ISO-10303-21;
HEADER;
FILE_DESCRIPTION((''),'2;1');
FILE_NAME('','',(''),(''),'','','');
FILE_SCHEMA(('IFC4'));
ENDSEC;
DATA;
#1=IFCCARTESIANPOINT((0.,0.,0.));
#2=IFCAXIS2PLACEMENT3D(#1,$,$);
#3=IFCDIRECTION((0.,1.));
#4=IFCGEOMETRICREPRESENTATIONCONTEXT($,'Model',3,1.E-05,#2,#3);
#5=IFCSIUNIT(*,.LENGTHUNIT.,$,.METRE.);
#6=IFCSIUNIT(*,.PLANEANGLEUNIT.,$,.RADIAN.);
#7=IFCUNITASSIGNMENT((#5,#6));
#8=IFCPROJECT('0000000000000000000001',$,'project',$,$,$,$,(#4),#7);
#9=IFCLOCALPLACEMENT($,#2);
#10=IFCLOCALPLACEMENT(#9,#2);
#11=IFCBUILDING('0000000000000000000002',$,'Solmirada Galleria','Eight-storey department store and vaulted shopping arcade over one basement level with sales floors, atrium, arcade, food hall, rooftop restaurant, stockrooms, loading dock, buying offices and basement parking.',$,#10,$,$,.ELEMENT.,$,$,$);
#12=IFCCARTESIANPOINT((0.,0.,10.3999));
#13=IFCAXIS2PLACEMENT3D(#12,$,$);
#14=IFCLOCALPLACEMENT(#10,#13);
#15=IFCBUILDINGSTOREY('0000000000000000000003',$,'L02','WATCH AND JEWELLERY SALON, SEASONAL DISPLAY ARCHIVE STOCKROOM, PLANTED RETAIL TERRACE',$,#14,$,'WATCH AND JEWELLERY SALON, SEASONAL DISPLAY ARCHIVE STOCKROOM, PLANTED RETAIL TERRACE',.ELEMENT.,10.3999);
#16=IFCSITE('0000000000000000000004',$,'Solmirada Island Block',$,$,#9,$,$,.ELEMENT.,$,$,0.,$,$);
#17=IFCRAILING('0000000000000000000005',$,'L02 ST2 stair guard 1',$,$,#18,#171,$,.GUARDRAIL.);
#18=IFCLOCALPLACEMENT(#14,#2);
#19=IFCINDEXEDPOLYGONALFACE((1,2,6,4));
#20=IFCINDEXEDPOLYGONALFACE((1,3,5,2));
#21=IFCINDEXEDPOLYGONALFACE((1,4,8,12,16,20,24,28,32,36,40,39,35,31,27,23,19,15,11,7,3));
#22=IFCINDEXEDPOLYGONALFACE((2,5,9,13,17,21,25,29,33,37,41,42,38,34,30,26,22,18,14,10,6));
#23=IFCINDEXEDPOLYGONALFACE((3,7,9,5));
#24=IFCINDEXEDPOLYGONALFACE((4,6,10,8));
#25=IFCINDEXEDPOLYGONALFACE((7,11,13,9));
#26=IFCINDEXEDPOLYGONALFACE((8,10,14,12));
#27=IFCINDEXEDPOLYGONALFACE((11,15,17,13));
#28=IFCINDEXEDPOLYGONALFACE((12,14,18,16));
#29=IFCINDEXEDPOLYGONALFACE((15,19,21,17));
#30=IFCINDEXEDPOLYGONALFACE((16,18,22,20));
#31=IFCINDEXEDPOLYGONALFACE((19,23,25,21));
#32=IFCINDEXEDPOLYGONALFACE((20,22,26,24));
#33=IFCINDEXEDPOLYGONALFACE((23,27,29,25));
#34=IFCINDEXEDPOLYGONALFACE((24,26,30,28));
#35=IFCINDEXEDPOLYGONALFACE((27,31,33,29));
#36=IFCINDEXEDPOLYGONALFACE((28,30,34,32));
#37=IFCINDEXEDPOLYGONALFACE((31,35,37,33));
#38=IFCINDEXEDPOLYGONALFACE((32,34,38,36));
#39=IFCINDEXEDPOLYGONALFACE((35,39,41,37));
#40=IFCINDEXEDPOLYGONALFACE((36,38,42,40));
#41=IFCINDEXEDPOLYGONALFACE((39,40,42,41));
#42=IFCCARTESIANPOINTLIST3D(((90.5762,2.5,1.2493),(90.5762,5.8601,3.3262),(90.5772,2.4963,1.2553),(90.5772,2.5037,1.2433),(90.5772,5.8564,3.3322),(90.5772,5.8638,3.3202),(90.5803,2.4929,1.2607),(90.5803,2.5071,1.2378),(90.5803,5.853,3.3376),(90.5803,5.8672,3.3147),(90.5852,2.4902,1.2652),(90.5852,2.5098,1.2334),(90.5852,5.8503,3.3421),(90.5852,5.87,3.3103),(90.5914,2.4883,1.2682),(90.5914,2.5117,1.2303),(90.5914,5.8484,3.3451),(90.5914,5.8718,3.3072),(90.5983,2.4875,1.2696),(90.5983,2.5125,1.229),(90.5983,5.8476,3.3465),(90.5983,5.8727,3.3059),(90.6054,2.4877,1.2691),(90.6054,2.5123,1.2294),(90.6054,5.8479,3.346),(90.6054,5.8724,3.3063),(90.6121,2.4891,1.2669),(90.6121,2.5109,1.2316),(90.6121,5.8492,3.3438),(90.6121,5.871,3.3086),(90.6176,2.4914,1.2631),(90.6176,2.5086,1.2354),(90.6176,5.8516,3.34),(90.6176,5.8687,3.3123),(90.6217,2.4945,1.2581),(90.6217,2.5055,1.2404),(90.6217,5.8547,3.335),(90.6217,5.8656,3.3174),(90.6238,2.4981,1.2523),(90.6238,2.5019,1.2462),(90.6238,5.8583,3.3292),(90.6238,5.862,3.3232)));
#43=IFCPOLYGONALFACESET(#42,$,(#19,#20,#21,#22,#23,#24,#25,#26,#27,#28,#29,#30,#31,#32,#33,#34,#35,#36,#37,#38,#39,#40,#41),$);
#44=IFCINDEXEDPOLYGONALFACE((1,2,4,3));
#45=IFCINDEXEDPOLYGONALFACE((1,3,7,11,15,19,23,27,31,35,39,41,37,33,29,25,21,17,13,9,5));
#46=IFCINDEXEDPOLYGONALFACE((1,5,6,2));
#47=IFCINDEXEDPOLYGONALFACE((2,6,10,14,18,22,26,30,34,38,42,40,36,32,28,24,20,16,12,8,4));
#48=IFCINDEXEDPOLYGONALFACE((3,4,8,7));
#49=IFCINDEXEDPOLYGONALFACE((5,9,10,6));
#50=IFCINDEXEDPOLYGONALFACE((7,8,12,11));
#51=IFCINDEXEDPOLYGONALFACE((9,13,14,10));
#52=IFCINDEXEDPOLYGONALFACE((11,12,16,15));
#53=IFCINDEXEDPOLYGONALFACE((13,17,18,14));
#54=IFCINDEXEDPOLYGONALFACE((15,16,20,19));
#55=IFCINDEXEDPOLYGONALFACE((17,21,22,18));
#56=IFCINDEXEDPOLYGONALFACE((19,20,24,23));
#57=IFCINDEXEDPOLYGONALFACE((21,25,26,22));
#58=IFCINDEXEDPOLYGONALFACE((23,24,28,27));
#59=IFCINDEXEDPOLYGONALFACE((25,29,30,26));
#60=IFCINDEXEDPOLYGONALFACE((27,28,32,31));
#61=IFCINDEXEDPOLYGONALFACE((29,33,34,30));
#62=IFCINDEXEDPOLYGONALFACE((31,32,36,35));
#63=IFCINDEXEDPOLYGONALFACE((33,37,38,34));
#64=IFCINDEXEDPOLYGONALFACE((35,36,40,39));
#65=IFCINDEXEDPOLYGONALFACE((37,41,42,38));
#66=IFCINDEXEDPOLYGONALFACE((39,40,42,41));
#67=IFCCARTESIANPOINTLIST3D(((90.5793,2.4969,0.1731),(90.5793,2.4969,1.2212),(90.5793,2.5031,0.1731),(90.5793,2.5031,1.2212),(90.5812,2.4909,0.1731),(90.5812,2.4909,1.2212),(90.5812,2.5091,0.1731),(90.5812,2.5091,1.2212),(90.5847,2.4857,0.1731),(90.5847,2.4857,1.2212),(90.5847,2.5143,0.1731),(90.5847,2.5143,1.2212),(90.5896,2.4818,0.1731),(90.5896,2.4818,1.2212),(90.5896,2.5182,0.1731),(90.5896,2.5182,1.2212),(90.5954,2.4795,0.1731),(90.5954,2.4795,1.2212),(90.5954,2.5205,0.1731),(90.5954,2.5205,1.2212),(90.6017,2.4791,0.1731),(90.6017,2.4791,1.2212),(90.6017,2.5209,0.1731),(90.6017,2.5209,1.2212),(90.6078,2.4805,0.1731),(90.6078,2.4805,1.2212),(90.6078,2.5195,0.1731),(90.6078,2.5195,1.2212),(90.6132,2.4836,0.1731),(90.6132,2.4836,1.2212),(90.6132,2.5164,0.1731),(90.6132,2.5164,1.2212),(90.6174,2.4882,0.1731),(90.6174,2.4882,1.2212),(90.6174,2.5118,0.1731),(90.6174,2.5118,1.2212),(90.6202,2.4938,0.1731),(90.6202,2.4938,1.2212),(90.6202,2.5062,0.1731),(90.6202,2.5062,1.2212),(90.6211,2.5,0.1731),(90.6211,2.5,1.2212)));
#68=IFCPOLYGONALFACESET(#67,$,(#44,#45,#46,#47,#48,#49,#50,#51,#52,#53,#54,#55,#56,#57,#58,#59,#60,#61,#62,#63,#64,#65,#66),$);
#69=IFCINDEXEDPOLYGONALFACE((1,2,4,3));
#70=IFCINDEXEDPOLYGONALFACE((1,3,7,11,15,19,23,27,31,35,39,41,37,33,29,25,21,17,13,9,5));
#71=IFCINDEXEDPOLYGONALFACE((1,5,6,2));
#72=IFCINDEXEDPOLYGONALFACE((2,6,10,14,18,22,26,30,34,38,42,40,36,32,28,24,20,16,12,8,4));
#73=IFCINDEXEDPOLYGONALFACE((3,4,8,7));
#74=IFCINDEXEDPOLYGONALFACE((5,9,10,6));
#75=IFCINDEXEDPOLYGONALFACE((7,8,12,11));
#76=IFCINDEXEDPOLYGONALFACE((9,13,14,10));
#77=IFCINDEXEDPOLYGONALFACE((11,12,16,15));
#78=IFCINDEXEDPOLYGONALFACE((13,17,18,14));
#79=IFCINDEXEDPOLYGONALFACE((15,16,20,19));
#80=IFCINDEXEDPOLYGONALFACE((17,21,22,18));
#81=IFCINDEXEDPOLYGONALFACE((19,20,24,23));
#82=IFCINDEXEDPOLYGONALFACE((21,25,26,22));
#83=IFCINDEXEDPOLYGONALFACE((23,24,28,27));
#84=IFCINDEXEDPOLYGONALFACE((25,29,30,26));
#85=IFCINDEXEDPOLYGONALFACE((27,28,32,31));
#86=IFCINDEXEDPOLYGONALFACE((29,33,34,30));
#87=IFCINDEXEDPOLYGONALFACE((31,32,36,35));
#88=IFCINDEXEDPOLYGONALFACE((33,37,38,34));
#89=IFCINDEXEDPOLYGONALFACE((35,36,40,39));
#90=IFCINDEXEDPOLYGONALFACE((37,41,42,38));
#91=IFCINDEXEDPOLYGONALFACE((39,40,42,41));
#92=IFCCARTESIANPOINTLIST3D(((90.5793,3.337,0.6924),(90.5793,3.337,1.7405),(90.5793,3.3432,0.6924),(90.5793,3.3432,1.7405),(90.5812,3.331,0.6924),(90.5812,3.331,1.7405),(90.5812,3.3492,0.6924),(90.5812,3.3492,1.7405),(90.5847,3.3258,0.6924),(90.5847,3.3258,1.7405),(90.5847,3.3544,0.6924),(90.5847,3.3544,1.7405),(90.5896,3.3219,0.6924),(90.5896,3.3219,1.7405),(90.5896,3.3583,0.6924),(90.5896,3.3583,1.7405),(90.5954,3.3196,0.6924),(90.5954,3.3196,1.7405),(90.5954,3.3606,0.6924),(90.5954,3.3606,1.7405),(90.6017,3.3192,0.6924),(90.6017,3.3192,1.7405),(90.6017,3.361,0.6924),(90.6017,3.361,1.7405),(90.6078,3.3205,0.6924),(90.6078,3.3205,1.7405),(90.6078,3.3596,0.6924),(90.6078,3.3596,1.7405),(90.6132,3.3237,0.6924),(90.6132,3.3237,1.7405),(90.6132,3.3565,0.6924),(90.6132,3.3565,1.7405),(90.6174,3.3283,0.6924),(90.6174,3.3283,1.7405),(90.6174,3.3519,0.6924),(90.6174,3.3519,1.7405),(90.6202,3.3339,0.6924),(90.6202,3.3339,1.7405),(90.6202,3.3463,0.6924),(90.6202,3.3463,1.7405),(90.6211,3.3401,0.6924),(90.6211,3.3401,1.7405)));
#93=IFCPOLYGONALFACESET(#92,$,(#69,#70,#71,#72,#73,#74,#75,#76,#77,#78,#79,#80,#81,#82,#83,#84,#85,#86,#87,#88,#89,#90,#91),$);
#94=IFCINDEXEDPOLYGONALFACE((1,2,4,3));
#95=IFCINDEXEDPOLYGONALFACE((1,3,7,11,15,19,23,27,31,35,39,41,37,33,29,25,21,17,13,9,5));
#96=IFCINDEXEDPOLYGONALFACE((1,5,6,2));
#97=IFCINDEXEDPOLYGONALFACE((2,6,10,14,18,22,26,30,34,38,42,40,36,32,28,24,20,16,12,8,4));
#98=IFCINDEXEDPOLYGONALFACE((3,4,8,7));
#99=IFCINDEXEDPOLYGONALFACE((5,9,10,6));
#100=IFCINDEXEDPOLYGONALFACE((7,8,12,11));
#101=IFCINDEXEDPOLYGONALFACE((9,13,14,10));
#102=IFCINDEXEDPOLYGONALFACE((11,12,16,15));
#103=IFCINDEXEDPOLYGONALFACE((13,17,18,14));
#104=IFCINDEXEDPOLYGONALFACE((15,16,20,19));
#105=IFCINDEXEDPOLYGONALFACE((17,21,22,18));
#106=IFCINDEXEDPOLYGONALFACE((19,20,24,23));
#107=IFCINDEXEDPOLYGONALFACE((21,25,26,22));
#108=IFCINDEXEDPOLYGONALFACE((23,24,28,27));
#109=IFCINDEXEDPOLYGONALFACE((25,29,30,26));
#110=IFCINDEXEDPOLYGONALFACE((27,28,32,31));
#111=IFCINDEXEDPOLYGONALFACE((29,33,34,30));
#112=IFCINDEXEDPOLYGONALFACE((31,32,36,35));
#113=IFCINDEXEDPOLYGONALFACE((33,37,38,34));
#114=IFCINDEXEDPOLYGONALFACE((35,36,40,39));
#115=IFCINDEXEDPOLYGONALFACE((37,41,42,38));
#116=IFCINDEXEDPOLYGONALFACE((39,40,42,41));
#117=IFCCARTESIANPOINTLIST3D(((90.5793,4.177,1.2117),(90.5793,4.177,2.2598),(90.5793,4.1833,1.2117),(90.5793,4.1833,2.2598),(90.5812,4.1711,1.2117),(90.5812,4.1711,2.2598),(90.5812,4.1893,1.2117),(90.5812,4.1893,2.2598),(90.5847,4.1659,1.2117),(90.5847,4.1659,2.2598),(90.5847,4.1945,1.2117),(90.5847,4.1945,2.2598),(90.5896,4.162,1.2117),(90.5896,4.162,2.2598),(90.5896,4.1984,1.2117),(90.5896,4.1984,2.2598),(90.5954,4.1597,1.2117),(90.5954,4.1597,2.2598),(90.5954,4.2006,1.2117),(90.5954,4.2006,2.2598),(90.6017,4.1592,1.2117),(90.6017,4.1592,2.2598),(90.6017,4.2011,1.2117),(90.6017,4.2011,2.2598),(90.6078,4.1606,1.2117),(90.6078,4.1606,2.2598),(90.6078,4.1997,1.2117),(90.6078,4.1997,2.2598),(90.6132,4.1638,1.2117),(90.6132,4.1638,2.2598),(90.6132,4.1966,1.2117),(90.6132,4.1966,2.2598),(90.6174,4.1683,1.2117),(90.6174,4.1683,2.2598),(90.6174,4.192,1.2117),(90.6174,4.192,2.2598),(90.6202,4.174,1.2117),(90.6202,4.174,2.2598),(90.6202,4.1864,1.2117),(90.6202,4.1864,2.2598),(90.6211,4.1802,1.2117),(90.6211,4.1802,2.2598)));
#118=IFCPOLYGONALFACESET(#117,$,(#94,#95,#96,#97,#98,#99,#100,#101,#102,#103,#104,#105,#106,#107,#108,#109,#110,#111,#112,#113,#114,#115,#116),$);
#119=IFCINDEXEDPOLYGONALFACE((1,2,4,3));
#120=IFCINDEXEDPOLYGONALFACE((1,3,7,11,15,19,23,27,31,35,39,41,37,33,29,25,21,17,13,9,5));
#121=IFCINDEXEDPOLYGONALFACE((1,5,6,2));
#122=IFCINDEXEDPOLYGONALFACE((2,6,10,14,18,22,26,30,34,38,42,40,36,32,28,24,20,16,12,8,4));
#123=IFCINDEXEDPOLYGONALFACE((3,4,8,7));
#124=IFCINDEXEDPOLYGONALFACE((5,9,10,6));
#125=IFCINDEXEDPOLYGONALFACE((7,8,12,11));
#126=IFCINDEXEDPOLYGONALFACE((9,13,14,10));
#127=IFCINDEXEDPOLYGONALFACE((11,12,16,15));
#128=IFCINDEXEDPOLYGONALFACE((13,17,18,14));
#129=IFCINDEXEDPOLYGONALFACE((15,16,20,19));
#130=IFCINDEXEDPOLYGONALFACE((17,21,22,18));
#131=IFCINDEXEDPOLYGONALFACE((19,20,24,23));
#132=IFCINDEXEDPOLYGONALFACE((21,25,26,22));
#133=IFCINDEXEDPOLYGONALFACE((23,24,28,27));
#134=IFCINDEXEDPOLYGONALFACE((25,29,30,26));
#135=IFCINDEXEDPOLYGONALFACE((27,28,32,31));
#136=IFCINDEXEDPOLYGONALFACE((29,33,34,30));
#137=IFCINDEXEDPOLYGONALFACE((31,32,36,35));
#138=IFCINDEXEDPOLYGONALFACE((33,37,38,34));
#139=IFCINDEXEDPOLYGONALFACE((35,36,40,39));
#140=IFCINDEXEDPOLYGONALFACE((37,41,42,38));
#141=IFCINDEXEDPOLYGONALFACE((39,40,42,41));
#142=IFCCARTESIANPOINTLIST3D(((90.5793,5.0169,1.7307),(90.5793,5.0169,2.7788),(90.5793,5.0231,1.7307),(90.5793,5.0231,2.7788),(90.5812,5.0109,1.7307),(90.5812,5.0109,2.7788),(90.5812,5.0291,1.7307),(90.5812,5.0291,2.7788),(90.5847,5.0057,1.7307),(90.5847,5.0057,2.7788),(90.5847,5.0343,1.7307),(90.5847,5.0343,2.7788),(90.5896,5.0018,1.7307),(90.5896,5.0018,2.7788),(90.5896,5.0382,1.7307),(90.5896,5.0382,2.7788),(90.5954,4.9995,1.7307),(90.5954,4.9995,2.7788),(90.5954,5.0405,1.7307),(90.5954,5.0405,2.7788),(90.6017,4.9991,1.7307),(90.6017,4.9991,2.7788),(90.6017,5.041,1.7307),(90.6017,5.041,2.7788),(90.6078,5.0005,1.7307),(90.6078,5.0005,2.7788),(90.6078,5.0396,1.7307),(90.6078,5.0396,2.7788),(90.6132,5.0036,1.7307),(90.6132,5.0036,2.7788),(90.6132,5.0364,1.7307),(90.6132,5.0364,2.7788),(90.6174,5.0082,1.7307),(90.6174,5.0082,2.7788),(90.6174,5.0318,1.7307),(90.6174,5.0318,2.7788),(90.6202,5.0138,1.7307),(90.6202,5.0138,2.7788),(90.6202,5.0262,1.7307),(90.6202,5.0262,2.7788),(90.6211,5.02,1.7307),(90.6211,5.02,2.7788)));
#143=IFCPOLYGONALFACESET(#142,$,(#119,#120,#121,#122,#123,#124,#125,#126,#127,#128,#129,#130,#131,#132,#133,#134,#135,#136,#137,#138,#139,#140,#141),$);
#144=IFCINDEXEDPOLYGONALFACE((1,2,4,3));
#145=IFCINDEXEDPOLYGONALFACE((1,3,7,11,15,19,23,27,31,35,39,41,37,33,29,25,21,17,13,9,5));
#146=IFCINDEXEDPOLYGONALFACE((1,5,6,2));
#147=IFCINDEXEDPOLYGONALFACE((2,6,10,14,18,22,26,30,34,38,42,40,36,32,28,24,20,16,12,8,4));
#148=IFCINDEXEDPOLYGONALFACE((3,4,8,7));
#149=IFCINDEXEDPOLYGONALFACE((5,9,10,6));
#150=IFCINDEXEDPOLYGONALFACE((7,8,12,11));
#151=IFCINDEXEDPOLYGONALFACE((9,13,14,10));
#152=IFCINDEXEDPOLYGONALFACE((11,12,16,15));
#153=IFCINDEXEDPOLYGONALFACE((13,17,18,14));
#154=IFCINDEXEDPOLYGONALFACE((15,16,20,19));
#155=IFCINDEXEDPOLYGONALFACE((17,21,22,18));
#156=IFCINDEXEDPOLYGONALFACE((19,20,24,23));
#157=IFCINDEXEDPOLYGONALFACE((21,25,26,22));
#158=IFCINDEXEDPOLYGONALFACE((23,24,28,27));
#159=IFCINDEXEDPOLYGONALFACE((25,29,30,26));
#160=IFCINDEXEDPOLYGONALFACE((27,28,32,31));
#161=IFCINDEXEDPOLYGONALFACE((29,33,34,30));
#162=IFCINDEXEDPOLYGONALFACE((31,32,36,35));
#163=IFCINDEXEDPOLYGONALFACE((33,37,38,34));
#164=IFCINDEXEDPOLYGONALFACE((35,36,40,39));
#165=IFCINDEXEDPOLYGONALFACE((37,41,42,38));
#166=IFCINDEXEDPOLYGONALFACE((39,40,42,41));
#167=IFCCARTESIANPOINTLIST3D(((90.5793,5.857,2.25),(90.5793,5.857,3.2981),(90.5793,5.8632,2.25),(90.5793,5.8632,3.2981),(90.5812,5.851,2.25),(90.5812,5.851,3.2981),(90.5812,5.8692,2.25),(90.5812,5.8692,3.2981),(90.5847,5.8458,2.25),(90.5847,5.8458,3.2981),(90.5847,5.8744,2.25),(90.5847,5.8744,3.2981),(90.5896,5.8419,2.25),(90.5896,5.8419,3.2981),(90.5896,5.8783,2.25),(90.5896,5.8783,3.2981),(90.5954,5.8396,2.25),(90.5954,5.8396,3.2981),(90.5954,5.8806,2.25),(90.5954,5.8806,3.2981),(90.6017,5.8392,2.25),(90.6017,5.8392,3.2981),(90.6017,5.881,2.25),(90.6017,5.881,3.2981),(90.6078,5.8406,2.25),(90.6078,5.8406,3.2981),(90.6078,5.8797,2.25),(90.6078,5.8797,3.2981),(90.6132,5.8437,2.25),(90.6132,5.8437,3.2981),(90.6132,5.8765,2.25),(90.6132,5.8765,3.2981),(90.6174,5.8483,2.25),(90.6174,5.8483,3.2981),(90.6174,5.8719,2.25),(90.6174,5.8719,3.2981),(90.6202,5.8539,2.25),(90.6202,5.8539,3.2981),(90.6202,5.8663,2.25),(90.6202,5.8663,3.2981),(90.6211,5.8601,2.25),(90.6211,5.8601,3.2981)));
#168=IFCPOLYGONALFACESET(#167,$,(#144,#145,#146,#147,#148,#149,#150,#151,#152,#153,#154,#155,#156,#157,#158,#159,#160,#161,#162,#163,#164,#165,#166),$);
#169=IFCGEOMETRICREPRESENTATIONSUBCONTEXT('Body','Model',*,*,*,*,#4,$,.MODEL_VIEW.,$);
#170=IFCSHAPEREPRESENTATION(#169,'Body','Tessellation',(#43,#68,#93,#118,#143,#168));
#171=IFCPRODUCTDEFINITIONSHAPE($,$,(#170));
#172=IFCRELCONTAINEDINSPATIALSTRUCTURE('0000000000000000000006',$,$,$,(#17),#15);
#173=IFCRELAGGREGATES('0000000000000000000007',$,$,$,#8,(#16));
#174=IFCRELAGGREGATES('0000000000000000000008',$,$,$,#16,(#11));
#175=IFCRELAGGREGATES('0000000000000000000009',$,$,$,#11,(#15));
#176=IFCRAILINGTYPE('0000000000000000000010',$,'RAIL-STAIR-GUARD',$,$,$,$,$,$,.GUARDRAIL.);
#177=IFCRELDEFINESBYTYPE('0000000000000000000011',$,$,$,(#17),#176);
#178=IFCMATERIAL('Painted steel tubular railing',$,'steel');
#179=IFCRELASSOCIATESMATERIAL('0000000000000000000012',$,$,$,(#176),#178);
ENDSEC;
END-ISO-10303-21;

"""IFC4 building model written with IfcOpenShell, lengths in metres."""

from ifc_helpers import new_model, si_unit, direction, frame, origin, origin_2d, place, context, subcontext, project, spatial, circle, extrude, material, type_object, element, save


model = new_model("IFC4")

# Units and contexts
model_context = context("Model", 3, precision=1e-05, world=origin(), true_north=direction((0.0, 1.0)))
body_context = subcontext(model_context, "Body", "Model", "MODEL_VIEW")
ifc_project = project(units=[si_unit("LENGTHUNIT", "METRE"), si_unit("PLANEANGLEUNIT", "RADIAN")], contexts=[model_context])

# Site, building, storey
site_placement = place(None, origin())
site = spatial("IfcSite", under=ifc_project, at=site_placement, Name="Solmirada Island Block", CompositionType="ELEMENT", RefElevation=0.0)
building_placement = place(site_placement, origin())
building = spatial("IfcBuilding", under=site, at=building_placement, Name="Solmirada Galleria", Description="Eight-storey department store and vaulted shopping arcade over one basement level with sales floors, atrium, arcade, food hall, rooftop restaurant, stockrooms, loading dock, buying offices and basement parking.", CompositionType="ELEMENT")
storey_placement = place(building_placement, frame((0.0, 0.0, 10.3999)))
storey = spatial("IfcBuildingStorey", under=building, at=storey_placement, Name="L02", Description="WATCH AND JEWELLERY SALON, SEASONAL DISPLAY ARCHIVE STOCKROOM, PLANTED RETAIL TERRACE", LongName="WATCH AND JEWELLERY SALON, SEASONAL DISPLAY ARCHIVE STOCKROOM, PLANTED RETAIL TERRACE", CompositionType="ELEMENT", Elevation=10.3999)

# Railing
ifc_material_1 = material(Name="Painted steel tubular railing", Category="steel")
railing_type_1 = type_object("IfcRailingType", Name="RAIL-STAIR-GUARD", PredefinedType="GUARDRAIL", material=ifc_material_1)
railing_1_placement = place(storey_placement, frame((90.6001, 2.5, 0.1731)))
element("IfcRailing", 1, at=railing_1_placement, inside=storey, type_object=railing_type_1, Name="L02 ST2 stair guard 1", PredefinedType="GUARDRAIL", context=body_context, shape_type="SweptSolid", body=[
    extrude(circle(Radius=0.0239, at=origin_2d()), frame((0.0, 0.0, 1.0762), z_axis=(0.0, 0.850623, 0.525776), x_axis=(-1.0, 0.0, 0.0)), (0.0, 0.0, 1.0), 3.9502),
    extrude(circle(Radius=0.021, at=origin_2d()), origin(), (0.0, 0.0, 1.0), 1.0481),
    extrude(circle(Radius=0.021, at=origin_2d()), frame((0.0, 0.8401, 0.5193)), (0.0, 0.0, 1.0), 1.0481),
    extrude(circle(Radius=0.021, at=origin_2d()), frame((0.0, 1.6802, 1.0386)), (0.0, 0.0, 1.0), 1.0481),
    extrude(circle(Radius=0.021, at=origin_2d()), frame((0.0, 2.52, 1.5576)), (0.0, 0.0, 1.0), 1.0481),
    extrude(circle(Radius=0.021, at=origin_2d()), frame((0.0, 3.3601, 2.0769)), (0.0, 0.0, 1.0), 1.0481),
])

save(model, "model.ifc")
